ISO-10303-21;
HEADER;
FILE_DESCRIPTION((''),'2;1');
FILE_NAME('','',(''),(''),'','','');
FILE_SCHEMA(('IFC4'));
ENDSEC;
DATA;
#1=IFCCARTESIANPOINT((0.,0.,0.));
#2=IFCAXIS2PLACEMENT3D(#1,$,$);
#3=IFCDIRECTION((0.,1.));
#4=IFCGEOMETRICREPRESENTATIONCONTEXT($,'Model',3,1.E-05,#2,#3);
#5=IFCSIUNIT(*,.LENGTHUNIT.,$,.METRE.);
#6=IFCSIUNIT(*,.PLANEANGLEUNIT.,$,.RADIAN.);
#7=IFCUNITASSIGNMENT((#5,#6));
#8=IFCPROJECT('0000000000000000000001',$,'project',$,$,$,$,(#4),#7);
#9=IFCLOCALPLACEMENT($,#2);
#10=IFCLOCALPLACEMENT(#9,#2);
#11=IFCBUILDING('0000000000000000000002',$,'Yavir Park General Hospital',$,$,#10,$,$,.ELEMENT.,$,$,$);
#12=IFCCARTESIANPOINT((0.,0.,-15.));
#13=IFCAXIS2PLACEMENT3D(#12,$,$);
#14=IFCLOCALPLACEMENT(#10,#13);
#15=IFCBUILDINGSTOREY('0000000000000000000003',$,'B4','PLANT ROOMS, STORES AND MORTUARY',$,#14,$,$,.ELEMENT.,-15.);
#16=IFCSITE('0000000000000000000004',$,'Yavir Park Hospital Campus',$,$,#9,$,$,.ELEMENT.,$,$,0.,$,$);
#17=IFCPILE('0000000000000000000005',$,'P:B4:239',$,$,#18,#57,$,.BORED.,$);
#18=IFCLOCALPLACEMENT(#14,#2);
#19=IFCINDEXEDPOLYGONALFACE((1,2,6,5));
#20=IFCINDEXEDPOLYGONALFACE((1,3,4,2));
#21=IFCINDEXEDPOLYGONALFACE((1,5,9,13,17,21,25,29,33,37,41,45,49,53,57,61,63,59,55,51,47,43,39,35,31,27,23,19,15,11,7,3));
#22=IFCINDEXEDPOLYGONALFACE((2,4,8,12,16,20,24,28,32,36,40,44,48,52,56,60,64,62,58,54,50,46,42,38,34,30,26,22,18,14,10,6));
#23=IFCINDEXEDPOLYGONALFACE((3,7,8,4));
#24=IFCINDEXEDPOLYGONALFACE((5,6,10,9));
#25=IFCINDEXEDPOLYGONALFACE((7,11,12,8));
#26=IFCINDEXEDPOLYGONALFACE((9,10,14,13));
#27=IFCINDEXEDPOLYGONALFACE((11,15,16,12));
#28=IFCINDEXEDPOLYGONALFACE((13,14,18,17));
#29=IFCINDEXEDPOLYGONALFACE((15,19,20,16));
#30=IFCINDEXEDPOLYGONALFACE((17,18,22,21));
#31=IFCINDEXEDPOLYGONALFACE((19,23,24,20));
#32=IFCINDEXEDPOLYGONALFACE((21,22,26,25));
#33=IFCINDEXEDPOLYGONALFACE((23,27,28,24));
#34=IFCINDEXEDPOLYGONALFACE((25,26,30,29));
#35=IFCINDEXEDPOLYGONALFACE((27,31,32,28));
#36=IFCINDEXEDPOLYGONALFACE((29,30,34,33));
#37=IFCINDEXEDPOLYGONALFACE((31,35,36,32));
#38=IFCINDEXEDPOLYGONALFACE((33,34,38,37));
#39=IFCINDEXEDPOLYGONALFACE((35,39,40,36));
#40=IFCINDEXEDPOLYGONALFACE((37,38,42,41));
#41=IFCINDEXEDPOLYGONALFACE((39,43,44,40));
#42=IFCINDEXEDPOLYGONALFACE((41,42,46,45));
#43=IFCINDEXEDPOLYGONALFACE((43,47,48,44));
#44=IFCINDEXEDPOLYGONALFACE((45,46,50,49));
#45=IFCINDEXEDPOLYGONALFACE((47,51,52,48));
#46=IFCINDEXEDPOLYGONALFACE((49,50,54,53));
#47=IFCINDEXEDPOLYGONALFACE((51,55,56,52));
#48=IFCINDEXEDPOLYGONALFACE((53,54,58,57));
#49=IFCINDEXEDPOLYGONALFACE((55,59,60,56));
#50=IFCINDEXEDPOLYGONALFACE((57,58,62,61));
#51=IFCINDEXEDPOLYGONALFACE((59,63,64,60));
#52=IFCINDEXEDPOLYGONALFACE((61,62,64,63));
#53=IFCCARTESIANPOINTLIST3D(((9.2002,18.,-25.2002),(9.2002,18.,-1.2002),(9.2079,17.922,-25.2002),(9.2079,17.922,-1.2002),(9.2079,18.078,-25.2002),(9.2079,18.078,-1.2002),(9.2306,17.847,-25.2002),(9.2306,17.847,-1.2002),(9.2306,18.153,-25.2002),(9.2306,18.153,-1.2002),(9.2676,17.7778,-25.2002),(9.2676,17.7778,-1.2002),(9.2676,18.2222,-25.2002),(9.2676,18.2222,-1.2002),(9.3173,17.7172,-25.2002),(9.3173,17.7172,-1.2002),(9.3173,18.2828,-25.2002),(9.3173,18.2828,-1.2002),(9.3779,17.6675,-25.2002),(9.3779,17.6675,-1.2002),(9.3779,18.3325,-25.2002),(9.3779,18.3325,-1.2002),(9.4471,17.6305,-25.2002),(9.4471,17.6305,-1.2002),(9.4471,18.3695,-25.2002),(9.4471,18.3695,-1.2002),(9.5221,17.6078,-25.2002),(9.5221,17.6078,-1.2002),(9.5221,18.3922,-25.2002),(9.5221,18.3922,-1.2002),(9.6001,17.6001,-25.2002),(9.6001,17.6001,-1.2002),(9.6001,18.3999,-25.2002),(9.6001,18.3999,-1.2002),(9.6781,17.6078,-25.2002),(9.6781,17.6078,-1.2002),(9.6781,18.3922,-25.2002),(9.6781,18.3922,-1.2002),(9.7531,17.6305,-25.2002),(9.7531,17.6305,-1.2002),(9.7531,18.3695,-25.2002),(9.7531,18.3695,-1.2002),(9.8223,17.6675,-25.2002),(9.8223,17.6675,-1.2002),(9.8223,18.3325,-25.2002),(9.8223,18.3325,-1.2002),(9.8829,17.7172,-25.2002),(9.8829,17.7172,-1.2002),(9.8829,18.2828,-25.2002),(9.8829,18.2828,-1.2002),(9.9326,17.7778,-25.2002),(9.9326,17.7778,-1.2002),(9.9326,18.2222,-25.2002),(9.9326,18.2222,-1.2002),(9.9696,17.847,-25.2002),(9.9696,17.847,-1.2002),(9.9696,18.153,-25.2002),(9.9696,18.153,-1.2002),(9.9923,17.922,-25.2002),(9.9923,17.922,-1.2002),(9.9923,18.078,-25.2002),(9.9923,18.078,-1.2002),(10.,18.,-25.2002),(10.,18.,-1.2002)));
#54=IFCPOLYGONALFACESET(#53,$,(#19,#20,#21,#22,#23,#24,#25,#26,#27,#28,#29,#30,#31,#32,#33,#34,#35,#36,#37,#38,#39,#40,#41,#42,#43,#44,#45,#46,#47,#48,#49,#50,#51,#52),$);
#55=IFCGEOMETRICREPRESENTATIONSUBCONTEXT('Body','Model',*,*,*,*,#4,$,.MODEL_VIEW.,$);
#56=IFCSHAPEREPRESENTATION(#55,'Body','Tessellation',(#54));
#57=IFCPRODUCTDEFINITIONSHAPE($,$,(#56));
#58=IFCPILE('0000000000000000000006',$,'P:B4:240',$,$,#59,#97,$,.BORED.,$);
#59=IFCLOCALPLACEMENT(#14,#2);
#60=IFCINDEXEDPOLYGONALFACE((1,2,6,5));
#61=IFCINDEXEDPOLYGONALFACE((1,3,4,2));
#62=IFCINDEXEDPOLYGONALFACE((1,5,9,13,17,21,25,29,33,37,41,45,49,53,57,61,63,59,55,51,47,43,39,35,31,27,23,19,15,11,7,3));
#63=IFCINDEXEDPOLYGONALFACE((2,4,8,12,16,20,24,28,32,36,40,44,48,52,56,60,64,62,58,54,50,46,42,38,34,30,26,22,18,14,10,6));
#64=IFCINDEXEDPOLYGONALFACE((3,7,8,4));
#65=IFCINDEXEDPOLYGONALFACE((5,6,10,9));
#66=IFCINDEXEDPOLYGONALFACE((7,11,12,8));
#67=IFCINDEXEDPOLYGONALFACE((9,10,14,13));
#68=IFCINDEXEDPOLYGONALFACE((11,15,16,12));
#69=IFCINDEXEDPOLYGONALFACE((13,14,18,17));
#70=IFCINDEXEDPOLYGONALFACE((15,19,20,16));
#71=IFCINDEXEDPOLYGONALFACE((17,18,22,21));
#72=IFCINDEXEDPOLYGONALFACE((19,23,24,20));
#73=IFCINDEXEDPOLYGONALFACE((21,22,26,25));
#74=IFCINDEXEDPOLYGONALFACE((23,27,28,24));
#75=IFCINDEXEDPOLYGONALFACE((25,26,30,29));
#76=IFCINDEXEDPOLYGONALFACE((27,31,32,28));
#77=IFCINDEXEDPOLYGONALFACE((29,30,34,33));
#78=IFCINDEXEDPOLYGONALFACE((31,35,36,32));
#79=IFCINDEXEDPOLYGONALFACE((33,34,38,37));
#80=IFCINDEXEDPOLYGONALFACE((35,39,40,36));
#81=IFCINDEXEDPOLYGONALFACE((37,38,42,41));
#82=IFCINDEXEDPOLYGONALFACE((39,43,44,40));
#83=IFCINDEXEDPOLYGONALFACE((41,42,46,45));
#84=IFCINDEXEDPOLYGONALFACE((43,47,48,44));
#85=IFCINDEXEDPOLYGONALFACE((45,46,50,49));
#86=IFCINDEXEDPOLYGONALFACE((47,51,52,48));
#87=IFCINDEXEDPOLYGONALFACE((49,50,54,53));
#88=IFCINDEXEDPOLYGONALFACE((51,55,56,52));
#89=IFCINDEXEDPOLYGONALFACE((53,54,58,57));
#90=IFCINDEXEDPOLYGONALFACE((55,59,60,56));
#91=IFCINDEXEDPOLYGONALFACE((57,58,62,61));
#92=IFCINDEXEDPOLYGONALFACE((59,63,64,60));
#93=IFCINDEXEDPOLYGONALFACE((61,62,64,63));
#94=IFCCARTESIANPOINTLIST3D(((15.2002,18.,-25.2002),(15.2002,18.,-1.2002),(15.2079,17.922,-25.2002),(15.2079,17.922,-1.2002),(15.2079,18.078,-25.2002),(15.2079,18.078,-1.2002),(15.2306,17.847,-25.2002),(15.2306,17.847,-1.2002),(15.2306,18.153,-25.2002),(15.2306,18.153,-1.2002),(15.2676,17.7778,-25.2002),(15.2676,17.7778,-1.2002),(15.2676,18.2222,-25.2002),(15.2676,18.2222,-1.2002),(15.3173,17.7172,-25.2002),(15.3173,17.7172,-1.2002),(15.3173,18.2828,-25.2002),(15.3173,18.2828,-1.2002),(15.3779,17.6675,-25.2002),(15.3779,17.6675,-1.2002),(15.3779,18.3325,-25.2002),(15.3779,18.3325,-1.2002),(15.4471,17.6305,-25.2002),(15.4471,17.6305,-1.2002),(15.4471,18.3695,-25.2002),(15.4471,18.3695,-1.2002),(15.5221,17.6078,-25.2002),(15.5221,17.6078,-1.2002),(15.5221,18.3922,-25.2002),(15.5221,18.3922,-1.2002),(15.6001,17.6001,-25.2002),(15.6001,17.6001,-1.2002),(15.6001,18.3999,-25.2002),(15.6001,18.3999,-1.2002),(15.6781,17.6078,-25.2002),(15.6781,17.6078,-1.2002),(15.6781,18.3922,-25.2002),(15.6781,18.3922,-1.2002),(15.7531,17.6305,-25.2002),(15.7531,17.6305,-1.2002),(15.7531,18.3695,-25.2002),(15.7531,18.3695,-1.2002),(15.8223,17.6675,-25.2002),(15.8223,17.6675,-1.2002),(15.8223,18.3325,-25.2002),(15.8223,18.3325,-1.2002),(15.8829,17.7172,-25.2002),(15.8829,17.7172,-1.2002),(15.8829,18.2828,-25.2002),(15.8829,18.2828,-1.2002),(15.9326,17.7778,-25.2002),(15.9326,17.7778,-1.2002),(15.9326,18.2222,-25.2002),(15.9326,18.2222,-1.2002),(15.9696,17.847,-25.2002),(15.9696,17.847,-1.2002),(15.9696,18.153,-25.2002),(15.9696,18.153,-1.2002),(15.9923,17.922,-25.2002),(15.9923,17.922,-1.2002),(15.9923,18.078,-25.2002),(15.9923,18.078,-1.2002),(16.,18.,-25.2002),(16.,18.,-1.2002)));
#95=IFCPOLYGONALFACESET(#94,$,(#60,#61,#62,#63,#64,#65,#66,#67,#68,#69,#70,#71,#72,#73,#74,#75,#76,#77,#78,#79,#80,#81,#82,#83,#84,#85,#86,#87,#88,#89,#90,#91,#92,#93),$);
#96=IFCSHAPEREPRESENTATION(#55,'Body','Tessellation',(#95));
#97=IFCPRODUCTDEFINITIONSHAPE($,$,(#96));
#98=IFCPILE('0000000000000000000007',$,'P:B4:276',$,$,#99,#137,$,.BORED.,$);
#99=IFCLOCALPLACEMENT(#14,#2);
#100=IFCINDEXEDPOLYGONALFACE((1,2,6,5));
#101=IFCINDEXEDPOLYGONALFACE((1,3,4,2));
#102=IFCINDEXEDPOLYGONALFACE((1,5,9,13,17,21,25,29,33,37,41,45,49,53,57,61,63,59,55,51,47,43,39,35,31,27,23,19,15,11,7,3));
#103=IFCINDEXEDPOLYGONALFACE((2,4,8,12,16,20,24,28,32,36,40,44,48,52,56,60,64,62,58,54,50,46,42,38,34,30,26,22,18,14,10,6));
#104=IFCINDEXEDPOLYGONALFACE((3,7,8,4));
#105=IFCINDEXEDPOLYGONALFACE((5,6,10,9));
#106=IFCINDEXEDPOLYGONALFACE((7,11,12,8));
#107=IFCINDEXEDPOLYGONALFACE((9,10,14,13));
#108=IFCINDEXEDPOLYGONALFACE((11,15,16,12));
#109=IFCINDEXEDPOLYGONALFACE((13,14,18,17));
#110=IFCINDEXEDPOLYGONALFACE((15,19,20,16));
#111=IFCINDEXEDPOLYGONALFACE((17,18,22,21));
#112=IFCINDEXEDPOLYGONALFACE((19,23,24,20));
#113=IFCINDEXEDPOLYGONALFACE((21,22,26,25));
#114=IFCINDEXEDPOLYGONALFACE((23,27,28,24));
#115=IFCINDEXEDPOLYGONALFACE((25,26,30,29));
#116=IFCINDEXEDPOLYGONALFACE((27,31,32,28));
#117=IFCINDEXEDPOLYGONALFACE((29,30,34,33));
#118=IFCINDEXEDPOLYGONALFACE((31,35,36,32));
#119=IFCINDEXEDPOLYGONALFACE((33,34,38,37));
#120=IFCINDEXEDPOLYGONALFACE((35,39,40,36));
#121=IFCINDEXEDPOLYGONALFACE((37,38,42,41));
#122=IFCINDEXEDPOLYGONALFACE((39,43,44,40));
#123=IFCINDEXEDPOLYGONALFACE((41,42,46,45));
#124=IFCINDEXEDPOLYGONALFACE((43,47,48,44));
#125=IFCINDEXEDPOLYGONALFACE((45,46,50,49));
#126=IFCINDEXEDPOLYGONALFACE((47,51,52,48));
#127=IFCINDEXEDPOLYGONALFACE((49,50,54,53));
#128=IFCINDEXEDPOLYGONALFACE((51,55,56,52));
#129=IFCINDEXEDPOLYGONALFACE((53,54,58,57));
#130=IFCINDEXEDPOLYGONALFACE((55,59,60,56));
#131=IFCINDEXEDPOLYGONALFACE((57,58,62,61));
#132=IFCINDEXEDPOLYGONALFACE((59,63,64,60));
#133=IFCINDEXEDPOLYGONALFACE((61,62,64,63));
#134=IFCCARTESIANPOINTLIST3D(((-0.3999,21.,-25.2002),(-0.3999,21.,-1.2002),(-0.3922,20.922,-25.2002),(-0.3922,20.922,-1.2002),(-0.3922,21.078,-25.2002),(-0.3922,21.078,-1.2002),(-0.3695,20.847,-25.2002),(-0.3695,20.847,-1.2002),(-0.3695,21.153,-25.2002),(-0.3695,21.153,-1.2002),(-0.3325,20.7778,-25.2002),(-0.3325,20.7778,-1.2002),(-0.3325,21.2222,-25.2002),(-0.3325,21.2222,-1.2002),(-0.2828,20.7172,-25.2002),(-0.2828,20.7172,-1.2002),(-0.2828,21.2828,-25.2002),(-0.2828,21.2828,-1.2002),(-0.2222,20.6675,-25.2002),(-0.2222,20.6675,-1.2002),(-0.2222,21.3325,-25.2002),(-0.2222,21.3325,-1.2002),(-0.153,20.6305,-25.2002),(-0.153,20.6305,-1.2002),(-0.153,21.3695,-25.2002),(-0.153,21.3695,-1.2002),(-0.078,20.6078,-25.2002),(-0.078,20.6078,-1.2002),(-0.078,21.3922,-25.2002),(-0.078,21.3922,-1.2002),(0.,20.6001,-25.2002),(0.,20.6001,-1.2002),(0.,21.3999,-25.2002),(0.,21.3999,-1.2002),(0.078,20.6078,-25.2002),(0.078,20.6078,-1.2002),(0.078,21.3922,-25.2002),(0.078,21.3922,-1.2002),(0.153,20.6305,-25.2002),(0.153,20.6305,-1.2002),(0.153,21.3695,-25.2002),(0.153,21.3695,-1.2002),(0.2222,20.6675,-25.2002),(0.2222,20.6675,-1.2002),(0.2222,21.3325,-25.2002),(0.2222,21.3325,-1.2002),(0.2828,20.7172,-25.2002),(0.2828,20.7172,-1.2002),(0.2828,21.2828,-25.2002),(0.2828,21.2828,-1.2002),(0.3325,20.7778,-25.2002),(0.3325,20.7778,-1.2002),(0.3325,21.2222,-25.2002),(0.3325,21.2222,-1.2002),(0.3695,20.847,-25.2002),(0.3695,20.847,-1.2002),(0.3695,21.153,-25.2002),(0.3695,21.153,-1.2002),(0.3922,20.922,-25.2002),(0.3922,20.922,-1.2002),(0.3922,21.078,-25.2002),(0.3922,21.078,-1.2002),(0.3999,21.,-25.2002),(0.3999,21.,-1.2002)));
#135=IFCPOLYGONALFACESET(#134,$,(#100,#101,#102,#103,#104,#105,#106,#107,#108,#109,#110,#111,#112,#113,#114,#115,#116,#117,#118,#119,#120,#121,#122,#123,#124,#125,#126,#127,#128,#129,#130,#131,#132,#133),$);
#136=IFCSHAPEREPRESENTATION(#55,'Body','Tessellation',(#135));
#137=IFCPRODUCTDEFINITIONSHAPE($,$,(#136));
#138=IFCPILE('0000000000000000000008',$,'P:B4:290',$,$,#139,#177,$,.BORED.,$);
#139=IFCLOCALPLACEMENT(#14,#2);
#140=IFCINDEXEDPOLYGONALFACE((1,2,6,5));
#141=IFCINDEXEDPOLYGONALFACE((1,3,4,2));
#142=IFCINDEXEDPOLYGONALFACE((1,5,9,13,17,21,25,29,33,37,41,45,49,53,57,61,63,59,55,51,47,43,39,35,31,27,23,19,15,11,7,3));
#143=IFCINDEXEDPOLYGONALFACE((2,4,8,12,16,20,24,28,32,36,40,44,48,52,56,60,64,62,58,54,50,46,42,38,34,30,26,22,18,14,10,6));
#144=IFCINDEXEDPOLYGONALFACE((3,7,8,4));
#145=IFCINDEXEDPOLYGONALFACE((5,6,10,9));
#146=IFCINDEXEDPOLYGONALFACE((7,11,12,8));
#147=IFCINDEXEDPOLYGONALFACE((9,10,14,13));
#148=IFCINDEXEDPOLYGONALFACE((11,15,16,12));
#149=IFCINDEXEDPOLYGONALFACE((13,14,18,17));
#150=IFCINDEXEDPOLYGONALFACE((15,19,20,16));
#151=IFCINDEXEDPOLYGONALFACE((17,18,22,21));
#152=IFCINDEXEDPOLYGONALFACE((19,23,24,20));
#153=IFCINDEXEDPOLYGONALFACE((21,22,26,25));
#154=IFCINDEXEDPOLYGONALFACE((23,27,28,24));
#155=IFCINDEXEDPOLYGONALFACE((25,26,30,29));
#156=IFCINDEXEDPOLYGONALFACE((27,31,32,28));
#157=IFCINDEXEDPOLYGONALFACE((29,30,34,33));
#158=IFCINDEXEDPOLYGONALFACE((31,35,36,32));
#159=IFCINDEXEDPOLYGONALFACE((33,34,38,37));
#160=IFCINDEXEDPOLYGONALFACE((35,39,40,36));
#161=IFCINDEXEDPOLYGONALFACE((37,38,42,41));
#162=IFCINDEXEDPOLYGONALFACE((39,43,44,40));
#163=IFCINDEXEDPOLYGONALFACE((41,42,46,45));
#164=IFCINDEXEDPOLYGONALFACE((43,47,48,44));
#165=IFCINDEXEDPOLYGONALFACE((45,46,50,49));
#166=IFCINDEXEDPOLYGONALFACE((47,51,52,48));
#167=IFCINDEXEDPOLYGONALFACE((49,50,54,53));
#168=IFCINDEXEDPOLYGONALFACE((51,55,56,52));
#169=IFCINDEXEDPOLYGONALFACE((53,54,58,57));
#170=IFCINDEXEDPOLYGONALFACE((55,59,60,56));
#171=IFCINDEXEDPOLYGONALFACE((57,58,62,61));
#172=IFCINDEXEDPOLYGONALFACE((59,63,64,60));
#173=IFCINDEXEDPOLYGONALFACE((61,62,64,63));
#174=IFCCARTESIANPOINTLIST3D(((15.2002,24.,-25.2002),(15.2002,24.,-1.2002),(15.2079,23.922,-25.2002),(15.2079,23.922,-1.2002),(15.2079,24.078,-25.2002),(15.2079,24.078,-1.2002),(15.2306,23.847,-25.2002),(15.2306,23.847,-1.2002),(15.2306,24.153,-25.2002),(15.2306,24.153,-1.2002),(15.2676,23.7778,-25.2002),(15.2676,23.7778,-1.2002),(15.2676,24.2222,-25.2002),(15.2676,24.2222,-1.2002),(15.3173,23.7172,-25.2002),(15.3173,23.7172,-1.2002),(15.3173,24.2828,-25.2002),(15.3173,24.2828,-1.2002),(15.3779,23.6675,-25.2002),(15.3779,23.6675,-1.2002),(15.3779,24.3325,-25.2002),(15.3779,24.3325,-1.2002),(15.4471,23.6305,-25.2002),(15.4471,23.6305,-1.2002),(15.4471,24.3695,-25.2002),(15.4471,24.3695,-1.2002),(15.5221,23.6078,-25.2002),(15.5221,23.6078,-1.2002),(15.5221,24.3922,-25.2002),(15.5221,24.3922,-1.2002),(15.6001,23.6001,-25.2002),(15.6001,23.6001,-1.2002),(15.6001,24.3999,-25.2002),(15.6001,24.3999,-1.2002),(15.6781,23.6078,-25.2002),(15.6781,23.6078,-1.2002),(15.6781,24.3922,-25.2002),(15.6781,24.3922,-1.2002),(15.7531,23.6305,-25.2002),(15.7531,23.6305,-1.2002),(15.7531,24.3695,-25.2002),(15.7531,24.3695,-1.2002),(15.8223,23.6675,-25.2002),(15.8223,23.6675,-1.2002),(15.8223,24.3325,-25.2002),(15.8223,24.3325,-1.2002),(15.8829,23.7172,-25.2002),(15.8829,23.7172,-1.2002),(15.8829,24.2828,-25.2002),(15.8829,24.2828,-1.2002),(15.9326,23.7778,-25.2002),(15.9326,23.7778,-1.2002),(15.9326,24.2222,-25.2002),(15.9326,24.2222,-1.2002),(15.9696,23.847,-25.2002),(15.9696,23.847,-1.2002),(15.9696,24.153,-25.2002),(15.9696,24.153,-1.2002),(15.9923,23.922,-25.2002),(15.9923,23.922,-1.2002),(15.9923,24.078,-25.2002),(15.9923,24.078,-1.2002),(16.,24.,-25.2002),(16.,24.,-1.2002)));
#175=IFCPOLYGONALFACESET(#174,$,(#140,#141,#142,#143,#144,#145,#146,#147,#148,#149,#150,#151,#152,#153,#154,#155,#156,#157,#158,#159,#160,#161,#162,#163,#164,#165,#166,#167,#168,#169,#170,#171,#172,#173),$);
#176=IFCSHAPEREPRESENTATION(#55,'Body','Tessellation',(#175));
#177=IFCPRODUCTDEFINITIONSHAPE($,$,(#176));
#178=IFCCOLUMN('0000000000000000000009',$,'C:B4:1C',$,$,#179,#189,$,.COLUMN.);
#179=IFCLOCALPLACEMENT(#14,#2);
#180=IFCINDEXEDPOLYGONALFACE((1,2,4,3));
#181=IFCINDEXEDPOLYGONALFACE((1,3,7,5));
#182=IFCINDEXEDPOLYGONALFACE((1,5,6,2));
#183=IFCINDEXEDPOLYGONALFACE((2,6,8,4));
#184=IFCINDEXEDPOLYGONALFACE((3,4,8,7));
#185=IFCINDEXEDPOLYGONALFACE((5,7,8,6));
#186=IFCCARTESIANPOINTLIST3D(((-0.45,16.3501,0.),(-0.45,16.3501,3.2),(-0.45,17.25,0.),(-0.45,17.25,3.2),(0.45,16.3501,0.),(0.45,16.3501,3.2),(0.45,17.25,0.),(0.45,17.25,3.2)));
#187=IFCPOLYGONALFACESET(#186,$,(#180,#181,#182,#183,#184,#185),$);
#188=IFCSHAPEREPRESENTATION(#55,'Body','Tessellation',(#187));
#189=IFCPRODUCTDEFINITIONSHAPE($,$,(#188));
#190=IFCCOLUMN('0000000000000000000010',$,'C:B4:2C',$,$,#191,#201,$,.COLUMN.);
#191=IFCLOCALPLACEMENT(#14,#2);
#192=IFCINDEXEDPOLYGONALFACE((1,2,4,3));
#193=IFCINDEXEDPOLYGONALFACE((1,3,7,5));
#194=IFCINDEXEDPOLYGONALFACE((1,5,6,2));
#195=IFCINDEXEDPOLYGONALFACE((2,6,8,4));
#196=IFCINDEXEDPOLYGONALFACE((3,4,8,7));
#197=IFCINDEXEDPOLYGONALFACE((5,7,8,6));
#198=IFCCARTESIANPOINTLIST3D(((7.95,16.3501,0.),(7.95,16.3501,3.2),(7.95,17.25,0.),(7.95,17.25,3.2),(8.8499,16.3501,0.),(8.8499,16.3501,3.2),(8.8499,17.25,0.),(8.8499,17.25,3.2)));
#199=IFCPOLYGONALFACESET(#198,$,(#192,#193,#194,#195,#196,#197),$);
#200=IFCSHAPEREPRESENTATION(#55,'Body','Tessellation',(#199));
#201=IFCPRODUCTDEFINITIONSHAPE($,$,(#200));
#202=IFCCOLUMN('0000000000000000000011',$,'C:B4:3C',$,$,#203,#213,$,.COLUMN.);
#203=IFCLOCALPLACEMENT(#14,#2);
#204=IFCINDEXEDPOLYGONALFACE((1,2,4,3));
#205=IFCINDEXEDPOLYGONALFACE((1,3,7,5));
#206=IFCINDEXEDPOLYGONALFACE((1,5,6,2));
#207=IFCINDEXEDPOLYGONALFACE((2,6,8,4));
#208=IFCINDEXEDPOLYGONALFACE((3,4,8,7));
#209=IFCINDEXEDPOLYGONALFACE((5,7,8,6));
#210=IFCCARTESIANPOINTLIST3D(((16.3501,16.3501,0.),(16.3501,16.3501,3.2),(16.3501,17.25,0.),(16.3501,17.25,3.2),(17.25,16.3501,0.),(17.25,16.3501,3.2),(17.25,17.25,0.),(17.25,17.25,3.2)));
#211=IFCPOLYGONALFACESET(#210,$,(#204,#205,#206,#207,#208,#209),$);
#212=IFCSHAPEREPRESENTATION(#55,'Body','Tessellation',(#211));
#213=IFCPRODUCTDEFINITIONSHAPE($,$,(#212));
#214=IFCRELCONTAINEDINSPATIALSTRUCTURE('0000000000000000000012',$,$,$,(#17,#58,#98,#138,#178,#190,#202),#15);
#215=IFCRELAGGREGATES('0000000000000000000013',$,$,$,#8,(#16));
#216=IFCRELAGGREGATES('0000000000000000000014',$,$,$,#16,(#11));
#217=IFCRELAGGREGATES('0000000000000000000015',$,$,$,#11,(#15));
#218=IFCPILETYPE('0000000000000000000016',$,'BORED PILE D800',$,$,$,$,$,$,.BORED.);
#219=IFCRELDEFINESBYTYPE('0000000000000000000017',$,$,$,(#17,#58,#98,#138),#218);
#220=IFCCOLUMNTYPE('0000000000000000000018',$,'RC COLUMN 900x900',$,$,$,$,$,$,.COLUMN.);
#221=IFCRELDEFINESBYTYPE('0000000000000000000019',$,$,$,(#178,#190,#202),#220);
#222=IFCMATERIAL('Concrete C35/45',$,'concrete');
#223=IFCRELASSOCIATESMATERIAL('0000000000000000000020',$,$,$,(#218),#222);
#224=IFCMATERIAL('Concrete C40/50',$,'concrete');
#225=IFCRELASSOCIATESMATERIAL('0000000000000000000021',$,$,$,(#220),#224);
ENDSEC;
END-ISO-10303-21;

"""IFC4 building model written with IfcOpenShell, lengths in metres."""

from ifc_helpers import new_model, si_unit, direction, frame, origin, origin_2d, place, context, subcontext, project, spatial, rectangle, circle, extrude, material, material_profile, profile_set, type_object, element, save


model = new_model("IFC4")

# Units and contexts
model_context = context("Model", 3, precision=1e-05, world=origin(), true_north=direction((0.0, 1.0)))
body_context = subcontext(model_context, "Body", "Model", "MODEL_VIEW")
ifc_project = project(units=[si_unit("LENGTHUNIT", "METRE"), si_unit("PLANEANGLEUNIT", "RADIAN")], contexts=[model_context])

# Site, building, storey
site_placement = place(None, origin())
site = spatial("IfcSite", under=ifc_project, at=site_placement, Name="Yavir Park Hospital Campus", CompositionType="ELEMENT", RefElevation=0.0)
building_placement = place(site_placement, origin())
building = spatial("IfcBuilding", under=site, at=building_placement, Name="Yavir Park General Hospital", CompositionType="ELEMENT")
storey_placement = place(building_placement, frame((0.0, 0.0, -15.0)))
storey = spatial("IfcBuildingStorey", under=building, at=storey_placement, Name="B4", Description="PLANT ROOMS, STORES AND MORTUARY", CompositionType="ELEMENT", Elevation=-15.0)

# Piles
ifc_material_1 = material(Name="Concrete C35/45", Category="concrete")
ifc_material_profile_1 = material_profile(ifc_material_1, circle(Radius=0.3999, at=origin_2d()), Name="D800")
ifc_profile_set_1 = profile_set([ifc_material_profile_1], Name="Concrete C35/45")
pile_type_1 = type_object("IfcPileType", Name="BORED PILE D800", PredefinedType="BORED", material=ifc_profile_set_1)
for number, where, z_axis, x_axis, name in (
    (1, (9.6001, 18.0, -1.2002), (0.0, 0.0, -1.0), (1.0, 0.0, 0.0), "P:B4:239"),
    (2, (15.6001, 18.0, -1.2002), (0.0, 0.0, -1.0), (1.0, 0.0, 0.0), "P:B4:240"),
    (3, (0.0, 21.0, -1.2002), (0.0, 0.0, -1.0), (1.0, 0.0, 0.0), "P:B4:276"),
    (4, (15.6001, 24.0, -1.2002), (0.0, 0.0, -1.0), (1.0, 0.0, 0.0), "P:B4:290"),
):
    element("IfcPile", number, at=place(storey_placement, frame(where, z_axis=z_axis, x_axis=x_axis)), inside=storey, type_object=pile_type_1, Name=name, PredefinedType="BORED", context=body_context, shape_type="SweptSolid", body=[
        extrude(circle(Radius=0.3999, at=origin_2d()), origin(), (0.0, 0.0, 1.0), 24.0),
    ])

# Columns
ifc_material_2 = material(Name="Concrete C40/50", Category="concrete")
ifc_material_profile_2 = material_profile(ifc_material_2, rectangle(XDim=0.8999, YDim=0.8999, at=origin_2d()), Name="RC900x900")
ifc_profile_set_2 = profile_set([ifc_material_profile_2], Name="Concrete C40/50")
column_type = type_object("IfcColumnType", Name="RC COLUMN 900x900", PredefinedType="COLUMN", material=ifc_profile_set_2)
for number, where, z_axis, x_axis, name in (
    (5, (0.0, 16.8, 0.0), (0.0, 0.0, 1.0), (1.0, 0.0, 0.0), "C:B4:1C"),
    (6, (8.3999, 16.8, 0.0), (0.0, 0.0, 1.0), (1.0, 0.0, 0.0), "C:B4:2C"),
    (7, (16.8, 16.8, 0.0), (0.0, 0.0, 1.0), (1.0, 0.0, 0.0), "C:B4:3C"),
):
    element("IfcColumn", number, at=place(storey_placement, frame(where, z_axis=z_axis, x_axis=x_axis)), inside=storey, type_object=column_type, Name=name, PredefinedType="COLUMN", context=body_context, shape_type="SweptSolid", body=[
        extrude(rectangle(XDim=0.8999, YDim=0.8999, at=origin_2d()), origin(), (0.0, 0.0, 1.0), 3.2),
    ])

save(model, "model.ifc")
